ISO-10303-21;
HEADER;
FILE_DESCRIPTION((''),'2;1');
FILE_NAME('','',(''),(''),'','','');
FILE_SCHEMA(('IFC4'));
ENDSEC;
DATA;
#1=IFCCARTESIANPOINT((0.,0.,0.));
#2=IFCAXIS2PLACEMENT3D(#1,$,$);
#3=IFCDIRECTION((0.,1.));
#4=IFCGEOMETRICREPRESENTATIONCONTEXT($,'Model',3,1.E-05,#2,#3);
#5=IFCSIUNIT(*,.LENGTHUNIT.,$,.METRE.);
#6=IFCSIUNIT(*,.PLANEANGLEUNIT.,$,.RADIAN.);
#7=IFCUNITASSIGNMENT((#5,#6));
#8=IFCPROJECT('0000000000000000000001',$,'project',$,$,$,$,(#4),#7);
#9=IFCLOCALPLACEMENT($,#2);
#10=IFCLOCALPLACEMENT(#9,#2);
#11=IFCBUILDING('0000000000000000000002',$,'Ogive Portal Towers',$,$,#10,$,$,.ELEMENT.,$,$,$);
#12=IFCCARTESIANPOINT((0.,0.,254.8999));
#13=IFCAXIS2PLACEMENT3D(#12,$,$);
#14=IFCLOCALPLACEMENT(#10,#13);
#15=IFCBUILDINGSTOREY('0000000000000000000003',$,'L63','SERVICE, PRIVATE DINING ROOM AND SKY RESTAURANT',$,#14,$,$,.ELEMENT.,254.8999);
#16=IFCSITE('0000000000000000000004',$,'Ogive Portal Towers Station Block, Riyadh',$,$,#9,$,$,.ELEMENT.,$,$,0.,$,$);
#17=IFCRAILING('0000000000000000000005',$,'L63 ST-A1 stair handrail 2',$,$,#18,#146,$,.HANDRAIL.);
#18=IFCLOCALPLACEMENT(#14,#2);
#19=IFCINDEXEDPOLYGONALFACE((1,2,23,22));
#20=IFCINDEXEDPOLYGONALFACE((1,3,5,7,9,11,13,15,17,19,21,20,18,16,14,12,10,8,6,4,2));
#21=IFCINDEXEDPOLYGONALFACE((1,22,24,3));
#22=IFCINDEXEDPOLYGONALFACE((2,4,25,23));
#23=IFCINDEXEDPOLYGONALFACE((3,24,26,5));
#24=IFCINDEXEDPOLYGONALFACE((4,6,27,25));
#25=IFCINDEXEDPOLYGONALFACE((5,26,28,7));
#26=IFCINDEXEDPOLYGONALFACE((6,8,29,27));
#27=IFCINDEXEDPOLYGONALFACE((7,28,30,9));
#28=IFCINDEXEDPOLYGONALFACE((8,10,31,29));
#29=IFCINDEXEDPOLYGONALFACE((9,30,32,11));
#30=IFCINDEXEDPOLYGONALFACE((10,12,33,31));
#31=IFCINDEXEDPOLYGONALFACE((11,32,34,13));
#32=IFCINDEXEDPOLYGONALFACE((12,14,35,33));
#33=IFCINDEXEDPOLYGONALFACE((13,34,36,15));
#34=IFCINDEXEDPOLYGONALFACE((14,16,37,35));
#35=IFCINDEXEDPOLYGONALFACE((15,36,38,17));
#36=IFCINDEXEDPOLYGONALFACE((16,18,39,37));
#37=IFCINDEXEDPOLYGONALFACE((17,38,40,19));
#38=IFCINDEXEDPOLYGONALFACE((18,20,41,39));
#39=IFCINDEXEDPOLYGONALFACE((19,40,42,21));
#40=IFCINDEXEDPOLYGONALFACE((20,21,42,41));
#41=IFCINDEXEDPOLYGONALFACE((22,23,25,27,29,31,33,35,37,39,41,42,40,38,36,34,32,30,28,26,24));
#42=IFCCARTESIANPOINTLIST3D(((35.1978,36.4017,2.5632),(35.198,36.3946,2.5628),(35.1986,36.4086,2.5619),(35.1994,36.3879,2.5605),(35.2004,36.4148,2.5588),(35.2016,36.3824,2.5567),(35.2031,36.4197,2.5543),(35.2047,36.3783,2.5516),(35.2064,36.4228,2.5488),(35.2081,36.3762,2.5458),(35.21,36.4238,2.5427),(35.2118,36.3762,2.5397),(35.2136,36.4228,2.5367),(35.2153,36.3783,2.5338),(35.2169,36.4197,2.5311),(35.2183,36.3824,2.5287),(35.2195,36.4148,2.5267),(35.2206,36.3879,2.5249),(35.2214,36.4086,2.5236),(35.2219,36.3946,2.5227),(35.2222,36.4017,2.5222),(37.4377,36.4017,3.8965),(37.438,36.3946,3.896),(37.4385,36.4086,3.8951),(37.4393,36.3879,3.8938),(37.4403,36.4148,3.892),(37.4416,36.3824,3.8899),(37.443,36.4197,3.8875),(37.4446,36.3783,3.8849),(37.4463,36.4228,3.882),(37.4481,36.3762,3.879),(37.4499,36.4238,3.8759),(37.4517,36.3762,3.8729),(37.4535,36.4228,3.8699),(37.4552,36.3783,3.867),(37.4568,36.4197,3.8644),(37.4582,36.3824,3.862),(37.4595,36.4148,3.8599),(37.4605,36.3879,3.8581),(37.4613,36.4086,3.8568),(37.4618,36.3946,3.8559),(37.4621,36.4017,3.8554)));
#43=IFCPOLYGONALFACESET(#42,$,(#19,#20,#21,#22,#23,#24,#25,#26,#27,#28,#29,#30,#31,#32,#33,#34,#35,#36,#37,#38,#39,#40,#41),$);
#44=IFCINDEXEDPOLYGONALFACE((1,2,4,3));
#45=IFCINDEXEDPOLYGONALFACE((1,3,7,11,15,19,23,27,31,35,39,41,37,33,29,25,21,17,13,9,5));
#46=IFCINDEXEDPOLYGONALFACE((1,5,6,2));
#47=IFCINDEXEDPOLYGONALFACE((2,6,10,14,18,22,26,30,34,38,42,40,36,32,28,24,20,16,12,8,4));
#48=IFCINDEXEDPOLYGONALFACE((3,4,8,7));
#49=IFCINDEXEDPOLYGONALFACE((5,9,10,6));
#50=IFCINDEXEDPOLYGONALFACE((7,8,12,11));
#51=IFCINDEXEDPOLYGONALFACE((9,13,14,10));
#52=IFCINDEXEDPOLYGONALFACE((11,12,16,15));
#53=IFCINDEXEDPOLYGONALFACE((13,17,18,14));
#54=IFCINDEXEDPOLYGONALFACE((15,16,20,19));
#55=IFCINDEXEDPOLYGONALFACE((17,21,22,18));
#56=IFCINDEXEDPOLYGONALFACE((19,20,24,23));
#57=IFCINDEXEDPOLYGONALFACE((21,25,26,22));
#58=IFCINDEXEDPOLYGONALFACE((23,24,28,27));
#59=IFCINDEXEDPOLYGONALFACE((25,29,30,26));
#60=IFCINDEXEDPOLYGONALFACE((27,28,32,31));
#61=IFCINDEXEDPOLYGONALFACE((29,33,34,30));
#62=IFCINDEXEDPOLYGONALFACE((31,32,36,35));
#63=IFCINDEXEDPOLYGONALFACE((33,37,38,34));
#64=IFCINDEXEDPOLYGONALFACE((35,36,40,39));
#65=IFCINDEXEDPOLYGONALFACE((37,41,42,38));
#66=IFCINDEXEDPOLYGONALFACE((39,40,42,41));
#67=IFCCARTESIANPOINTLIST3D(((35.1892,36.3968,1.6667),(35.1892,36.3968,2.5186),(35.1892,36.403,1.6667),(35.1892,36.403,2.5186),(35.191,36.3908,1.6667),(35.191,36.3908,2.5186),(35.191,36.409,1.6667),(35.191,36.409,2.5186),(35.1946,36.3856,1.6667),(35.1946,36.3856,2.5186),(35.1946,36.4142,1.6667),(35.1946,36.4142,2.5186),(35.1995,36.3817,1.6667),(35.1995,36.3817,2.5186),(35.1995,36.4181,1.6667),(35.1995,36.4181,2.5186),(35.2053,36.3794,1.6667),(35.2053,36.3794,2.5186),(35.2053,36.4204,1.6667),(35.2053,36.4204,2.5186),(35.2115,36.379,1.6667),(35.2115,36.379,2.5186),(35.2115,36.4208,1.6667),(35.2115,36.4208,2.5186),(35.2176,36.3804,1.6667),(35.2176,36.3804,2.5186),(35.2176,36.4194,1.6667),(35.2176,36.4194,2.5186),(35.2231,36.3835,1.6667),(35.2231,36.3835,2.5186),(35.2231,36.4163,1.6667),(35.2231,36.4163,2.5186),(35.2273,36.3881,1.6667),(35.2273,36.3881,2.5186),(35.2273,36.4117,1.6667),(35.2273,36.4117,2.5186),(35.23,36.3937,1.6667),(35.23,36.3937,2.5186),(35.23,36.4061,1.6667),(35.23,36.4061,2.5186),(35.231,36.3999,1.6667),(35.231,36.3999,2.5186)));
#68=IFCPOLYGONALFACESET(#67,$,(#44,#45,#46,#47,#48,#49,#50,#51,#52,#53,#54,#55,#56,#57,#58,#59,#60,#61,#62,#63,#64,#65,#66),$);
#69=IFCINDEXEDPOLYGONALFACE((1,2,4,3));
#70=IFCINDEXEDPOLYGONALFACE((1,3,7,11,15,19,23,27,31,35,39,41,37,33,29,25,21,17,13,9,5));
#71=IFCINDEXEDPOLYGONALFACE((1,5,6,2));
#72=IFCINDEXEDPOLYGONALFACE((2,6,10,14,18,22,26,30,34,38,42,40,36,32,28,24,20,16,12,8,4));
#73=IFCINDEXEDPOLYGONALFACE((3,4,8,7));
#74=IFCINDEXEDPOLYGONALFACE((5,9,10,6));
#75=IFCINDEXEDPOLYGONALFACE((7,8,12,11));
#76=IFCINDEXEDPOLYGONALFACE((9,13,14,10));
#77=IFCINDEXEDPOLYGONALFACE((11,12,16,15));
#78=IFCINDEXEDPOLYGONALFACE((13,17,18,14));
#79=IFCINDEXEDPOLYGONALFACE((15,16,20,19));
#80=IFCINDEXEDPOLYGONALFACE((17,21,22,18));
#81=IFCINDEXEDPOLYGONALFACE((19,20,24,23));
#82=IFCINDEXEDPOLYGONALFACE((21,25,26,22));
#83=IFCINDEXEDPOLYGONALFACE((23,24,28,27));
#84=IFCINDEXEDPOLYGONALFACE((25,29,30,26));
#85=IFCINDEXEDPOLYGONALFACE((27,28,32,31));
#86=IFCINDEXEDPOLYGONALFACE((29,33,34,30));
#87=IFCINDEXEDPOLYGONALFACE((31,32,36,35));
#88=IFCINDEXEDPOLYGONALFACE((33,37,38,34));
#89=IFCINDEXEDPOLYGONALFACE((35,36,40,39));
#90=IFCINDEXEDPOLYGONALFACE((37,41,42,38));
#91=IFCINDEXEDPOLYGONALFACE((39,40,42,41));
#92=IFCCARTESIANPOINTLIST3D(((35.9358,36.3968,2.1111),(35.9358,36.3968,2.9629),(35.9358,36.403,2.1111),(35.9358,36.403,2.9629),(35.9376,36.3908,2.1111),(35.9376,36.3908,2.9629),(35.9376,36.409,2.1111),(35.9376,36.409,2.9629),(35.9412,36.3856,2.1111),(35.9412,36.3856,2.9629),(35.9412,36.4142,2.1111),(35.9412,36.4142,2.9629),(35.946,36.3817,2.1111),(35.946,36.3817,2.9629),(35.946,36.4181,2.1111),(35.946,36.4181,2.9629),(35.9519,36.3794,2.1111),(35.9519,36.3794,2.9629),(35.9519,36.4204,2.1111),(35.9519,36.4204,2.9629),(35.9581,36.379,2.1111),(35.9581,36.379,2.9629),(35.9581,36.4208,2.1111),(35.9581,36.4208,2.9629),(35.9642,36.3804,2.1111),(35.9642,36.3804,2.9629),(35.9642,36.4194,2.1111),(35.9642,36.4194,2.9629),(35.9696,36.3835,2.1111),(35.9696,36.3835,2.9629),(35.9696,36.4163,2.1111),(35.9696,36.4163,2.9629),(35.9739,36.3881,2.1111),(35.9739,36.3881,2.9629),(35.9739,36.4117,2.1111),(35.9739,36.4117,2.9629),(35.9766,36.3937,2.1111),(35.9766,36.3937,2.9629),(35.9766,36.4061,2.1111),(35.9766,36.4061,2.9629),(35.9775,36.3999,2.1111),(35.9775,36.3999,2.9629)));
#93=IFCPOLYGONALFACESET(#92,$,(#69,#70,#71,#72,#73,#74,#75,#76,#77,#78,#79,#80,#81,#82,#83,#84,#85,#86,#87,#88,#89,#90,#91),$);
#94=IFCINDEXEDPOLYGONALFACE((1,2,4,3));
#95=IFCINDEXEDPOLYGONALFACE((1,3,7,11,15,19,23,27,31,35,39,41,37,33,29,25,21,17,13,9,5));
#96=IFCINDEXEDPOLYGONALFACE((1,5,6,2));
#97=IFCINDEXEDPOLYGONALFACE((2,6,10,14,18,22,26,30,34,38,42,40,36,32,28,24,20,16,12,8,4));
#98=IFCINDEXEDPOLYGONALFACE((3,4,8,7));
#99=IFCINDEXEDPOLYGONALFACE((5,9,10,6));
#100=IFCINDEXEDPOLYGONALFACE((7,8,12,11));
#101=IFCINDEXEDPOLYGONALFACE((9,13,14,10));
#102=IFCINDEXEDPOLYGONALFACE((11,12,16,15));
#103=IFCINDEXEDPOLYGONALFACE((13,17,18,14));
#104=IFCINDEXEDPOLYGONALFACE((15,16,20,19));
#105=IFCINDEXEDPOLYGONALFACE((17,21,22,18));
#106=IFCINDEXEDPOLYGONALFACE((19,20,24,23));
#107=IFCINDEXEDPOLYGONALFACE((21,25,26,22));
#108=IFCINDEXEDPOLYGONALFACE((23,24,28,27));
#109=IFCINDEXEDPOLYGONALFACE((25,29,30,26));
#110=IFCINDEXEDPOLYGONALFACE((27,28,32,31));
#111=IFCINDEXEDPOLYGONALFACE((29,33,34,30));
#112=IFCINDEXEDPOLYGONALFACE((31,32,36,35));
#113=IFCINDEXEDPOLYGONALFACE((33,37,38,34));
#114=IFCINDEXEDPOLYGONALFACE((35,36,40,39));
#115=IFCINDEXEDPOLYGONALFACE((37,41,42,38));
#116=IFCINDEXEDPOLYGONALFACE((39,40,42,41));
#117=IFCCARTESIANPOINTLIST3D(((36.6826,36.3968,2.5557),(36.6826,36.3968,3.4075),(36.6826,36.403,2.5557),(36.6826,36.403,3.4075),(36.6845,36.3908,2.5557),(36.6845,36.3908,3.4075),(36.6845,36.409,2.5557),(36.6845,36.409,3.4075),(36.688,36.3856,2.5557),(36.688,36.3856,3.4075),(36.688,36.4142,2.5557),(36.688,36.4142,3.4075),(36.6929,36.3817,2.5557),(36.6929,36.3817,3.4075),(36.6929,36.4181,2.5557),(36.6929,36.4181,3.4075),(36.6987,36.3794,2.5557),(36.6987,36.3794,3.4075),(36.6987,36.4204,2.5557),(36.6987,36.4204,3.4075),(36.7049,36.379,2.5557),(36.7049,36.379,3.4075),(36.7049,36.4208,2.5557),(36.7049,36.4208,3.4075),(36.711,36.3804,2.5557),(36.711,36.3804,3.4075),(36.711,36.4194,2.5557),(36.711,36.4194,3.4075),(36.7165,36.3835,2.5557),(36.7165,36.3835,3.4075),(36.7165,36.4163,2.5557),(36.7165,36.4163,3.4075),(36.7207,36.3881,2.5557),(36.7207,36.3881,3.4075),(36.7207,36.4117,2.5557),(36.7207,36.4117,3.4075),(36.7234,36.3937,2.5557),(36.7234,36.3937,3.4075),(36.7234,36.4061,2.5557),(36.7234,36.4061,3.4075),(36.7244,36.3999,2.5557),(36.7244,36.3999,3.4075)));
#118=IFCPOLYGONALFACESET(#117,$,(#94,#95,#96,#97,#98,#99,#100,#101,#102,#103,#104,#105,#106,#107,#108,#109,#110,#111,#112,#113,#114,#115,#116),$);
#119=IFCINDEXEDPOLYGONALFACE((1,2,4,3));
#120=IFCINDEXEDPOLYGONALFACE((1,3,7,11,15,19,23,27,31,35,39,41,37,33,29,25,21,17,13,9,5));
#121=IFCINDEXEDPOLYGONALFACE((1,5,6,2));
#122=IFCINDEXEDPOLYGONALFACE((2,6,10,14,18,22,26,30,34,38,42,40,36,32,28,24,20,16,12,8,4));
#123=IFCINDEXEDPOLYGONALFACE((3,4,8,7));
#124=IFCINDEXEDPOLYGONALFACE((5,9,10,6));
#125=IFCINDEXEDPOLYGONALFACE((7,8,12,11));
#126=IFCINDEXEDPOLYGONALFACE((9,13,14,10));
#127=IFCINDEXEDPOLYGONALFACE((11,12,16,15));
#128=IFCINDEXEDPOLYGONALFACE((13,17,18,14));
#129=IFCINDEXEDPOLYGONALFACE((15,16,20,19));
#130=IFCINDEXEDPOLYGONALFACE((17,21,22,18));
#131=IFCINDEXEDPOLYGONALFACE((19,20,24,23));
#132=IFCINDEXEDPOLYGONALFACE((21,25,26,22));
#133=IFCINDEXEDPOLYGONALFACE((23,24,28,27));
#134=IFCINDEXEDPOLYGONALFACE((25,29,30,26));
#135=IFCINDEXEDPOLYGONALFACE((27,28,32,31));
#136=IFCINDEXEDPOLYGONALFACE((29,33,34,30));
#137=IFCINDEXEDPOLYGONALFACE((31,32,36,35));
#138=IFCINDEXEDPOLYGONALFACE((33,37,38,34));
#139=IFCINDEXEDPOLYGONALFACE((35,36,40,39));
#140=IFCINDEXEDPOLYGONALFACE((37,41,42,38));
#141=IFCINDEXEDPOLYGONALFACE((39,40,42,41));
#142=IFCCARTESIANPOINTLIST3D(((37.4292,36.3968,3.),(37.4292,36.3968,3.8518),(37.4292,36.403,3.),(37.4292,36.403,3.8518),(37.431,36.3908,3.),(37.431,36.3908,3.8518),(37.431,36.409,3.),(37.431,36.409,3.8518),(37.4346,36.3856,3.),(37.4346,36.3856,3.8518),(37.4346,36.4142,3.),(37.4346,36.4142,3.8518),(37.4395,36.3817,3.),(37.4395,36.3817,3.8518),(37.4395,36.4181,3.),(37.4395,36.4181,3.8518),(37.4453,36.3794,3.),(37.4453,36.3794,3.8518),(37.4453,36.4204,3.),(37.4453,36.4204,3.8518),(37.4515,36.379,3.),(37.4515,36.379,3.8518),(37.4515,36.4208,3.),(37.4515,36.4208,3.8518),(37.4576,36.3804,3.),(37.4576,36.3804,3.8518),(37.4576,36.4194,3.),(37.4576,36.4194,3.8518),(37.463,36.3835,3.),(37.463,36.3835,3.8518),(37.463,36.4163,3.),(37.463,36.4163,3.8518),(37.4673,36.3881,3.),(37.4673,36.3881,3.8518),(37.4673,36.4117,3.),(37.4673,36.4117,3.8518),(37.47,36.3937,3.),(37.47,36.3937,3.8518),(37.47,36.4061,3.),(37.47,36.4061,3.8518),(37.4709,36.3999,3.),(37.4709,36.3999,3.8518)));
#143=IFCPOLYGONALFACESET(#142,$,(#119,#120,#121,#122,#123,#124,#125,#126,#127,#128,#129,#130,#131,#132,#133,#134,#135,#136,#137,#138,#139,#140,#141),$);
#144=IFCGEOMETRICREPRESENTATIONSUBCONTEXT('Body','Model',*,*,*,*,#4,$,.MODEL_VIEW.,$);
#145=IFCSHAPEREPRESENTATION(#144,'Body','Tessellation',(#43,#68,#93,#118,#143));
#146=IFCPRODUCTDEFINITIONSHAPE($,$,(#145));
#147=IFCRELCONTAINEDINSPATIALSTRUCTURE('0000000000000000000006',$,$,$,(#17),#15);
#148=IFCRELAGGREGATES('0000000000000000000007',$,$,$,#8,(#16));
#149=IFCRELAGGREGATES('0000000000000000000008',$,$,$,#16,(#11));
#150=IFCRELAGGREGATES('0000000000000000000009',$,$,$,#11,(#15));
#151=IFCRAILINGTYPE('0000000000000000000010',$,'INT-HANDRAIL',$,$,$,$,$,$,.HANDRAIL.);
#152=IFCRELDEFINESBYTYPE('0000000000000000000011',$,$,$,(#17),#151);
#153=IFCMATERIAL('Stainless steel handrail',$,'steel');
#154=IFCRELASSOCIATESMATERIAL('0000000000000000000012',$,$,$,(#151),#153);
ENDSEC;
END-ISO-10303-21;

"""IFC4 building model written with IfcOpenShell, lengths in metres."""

from ifc_helpers import new_model, si_unit, direction, frame, origin, origin_2d, place, context, subcontext, project, spatial, circle, extrude, material, type_object, element, save


model = new_model("IFC4")

# Units and contexts
model_context = context("Model", 3, precision=1e-05, world=origin(), true_north=direction((0.0, 1.0)))
body_context = subcontext(model_context, "Body", "Model", "MODEL_VIEW")
ifc_project = project(units=[si_unit("LENGTHUNIT", "METRE"), si_unit("PLANEANGLEUNIT", "RADIAN")], contexts=[model_context])

# Site, building, storey
site_placement = place(None, origin())
site = spatial("IfcSite", under=ifc_project, at=site_placement, Name="Ogive Portal Towers Station Block, Riyadh", CompositionType="ELEMENT", RefElevation=0.0)
building_placement = place(site_placement, origin())
building = spatial("IfcBuilding", under=site, at=building_placement, Name="Ogive Portal Towers", CompositionType="ELEMENT")
storey_placement = place(building_placement, frame((0.0, 0.0, 254.8999)))
storey = spatial("IfcBuildingStorey", under=building, at=storey_placement, Name="L63", Description="SERVICE, PRIVATE DINING ROOM AND SKY RESTAURANT", CompositionType="ELEMENT", Elevation=254.8999)

# Railing
ifc_material_1 = material(Name="Stainless steel handrail", Category="steel")
railing_type_1 = type_object("IfcRailingType", Name="INT-HANDRAIL", PredefinedType="HANDRAIL", material=ifc_material_1)
railing_1_placement = place(storey_placement, frame((35.21, 36.3999, 1.6667)))
element("IfcRailing", 1, at=railing_1_placement, inside=storey, type_object=railing_type_1, Name="L63 ST-A1 stair handrail 2", PredefinedType="HANDRAIL", context=body_context, shape_type="SweptSolid", body=[
    extrude(circle(Radius=0.0239, at=origin_2d()), frame((0.0, 0.0, 0.876), z_axis=(0.859306, 0.0, 0.511462), x_axis=(0.0, 1.0, 0.0)), (0.0, 0.0, 1.0), 2.6067),
    extrude(circle(Radius=0.021, at=origin_2d()), origin(), (0.0, 0.0, 1.0), 0.8518),
    extrude(circle(Radius=0.021, at=origin_2d()), frame((0.7466, 0.0, 0.4443)), (0.0, 0.0, 1.0), 0.8518),
    extrude(circle(Radius=0.021, at=origin_2d()), frame((1.4934, 0.0, 0.8889)), (0.0, 0.0, 1.0), 0.8518),
    extrude(circle(Radius=0.021, at=origin_2d()), frame((2.24, 0.0, 1.3333)), (0.0, 0.0, 1.0), 0.8518),
])

save(model, "model.ifc")
